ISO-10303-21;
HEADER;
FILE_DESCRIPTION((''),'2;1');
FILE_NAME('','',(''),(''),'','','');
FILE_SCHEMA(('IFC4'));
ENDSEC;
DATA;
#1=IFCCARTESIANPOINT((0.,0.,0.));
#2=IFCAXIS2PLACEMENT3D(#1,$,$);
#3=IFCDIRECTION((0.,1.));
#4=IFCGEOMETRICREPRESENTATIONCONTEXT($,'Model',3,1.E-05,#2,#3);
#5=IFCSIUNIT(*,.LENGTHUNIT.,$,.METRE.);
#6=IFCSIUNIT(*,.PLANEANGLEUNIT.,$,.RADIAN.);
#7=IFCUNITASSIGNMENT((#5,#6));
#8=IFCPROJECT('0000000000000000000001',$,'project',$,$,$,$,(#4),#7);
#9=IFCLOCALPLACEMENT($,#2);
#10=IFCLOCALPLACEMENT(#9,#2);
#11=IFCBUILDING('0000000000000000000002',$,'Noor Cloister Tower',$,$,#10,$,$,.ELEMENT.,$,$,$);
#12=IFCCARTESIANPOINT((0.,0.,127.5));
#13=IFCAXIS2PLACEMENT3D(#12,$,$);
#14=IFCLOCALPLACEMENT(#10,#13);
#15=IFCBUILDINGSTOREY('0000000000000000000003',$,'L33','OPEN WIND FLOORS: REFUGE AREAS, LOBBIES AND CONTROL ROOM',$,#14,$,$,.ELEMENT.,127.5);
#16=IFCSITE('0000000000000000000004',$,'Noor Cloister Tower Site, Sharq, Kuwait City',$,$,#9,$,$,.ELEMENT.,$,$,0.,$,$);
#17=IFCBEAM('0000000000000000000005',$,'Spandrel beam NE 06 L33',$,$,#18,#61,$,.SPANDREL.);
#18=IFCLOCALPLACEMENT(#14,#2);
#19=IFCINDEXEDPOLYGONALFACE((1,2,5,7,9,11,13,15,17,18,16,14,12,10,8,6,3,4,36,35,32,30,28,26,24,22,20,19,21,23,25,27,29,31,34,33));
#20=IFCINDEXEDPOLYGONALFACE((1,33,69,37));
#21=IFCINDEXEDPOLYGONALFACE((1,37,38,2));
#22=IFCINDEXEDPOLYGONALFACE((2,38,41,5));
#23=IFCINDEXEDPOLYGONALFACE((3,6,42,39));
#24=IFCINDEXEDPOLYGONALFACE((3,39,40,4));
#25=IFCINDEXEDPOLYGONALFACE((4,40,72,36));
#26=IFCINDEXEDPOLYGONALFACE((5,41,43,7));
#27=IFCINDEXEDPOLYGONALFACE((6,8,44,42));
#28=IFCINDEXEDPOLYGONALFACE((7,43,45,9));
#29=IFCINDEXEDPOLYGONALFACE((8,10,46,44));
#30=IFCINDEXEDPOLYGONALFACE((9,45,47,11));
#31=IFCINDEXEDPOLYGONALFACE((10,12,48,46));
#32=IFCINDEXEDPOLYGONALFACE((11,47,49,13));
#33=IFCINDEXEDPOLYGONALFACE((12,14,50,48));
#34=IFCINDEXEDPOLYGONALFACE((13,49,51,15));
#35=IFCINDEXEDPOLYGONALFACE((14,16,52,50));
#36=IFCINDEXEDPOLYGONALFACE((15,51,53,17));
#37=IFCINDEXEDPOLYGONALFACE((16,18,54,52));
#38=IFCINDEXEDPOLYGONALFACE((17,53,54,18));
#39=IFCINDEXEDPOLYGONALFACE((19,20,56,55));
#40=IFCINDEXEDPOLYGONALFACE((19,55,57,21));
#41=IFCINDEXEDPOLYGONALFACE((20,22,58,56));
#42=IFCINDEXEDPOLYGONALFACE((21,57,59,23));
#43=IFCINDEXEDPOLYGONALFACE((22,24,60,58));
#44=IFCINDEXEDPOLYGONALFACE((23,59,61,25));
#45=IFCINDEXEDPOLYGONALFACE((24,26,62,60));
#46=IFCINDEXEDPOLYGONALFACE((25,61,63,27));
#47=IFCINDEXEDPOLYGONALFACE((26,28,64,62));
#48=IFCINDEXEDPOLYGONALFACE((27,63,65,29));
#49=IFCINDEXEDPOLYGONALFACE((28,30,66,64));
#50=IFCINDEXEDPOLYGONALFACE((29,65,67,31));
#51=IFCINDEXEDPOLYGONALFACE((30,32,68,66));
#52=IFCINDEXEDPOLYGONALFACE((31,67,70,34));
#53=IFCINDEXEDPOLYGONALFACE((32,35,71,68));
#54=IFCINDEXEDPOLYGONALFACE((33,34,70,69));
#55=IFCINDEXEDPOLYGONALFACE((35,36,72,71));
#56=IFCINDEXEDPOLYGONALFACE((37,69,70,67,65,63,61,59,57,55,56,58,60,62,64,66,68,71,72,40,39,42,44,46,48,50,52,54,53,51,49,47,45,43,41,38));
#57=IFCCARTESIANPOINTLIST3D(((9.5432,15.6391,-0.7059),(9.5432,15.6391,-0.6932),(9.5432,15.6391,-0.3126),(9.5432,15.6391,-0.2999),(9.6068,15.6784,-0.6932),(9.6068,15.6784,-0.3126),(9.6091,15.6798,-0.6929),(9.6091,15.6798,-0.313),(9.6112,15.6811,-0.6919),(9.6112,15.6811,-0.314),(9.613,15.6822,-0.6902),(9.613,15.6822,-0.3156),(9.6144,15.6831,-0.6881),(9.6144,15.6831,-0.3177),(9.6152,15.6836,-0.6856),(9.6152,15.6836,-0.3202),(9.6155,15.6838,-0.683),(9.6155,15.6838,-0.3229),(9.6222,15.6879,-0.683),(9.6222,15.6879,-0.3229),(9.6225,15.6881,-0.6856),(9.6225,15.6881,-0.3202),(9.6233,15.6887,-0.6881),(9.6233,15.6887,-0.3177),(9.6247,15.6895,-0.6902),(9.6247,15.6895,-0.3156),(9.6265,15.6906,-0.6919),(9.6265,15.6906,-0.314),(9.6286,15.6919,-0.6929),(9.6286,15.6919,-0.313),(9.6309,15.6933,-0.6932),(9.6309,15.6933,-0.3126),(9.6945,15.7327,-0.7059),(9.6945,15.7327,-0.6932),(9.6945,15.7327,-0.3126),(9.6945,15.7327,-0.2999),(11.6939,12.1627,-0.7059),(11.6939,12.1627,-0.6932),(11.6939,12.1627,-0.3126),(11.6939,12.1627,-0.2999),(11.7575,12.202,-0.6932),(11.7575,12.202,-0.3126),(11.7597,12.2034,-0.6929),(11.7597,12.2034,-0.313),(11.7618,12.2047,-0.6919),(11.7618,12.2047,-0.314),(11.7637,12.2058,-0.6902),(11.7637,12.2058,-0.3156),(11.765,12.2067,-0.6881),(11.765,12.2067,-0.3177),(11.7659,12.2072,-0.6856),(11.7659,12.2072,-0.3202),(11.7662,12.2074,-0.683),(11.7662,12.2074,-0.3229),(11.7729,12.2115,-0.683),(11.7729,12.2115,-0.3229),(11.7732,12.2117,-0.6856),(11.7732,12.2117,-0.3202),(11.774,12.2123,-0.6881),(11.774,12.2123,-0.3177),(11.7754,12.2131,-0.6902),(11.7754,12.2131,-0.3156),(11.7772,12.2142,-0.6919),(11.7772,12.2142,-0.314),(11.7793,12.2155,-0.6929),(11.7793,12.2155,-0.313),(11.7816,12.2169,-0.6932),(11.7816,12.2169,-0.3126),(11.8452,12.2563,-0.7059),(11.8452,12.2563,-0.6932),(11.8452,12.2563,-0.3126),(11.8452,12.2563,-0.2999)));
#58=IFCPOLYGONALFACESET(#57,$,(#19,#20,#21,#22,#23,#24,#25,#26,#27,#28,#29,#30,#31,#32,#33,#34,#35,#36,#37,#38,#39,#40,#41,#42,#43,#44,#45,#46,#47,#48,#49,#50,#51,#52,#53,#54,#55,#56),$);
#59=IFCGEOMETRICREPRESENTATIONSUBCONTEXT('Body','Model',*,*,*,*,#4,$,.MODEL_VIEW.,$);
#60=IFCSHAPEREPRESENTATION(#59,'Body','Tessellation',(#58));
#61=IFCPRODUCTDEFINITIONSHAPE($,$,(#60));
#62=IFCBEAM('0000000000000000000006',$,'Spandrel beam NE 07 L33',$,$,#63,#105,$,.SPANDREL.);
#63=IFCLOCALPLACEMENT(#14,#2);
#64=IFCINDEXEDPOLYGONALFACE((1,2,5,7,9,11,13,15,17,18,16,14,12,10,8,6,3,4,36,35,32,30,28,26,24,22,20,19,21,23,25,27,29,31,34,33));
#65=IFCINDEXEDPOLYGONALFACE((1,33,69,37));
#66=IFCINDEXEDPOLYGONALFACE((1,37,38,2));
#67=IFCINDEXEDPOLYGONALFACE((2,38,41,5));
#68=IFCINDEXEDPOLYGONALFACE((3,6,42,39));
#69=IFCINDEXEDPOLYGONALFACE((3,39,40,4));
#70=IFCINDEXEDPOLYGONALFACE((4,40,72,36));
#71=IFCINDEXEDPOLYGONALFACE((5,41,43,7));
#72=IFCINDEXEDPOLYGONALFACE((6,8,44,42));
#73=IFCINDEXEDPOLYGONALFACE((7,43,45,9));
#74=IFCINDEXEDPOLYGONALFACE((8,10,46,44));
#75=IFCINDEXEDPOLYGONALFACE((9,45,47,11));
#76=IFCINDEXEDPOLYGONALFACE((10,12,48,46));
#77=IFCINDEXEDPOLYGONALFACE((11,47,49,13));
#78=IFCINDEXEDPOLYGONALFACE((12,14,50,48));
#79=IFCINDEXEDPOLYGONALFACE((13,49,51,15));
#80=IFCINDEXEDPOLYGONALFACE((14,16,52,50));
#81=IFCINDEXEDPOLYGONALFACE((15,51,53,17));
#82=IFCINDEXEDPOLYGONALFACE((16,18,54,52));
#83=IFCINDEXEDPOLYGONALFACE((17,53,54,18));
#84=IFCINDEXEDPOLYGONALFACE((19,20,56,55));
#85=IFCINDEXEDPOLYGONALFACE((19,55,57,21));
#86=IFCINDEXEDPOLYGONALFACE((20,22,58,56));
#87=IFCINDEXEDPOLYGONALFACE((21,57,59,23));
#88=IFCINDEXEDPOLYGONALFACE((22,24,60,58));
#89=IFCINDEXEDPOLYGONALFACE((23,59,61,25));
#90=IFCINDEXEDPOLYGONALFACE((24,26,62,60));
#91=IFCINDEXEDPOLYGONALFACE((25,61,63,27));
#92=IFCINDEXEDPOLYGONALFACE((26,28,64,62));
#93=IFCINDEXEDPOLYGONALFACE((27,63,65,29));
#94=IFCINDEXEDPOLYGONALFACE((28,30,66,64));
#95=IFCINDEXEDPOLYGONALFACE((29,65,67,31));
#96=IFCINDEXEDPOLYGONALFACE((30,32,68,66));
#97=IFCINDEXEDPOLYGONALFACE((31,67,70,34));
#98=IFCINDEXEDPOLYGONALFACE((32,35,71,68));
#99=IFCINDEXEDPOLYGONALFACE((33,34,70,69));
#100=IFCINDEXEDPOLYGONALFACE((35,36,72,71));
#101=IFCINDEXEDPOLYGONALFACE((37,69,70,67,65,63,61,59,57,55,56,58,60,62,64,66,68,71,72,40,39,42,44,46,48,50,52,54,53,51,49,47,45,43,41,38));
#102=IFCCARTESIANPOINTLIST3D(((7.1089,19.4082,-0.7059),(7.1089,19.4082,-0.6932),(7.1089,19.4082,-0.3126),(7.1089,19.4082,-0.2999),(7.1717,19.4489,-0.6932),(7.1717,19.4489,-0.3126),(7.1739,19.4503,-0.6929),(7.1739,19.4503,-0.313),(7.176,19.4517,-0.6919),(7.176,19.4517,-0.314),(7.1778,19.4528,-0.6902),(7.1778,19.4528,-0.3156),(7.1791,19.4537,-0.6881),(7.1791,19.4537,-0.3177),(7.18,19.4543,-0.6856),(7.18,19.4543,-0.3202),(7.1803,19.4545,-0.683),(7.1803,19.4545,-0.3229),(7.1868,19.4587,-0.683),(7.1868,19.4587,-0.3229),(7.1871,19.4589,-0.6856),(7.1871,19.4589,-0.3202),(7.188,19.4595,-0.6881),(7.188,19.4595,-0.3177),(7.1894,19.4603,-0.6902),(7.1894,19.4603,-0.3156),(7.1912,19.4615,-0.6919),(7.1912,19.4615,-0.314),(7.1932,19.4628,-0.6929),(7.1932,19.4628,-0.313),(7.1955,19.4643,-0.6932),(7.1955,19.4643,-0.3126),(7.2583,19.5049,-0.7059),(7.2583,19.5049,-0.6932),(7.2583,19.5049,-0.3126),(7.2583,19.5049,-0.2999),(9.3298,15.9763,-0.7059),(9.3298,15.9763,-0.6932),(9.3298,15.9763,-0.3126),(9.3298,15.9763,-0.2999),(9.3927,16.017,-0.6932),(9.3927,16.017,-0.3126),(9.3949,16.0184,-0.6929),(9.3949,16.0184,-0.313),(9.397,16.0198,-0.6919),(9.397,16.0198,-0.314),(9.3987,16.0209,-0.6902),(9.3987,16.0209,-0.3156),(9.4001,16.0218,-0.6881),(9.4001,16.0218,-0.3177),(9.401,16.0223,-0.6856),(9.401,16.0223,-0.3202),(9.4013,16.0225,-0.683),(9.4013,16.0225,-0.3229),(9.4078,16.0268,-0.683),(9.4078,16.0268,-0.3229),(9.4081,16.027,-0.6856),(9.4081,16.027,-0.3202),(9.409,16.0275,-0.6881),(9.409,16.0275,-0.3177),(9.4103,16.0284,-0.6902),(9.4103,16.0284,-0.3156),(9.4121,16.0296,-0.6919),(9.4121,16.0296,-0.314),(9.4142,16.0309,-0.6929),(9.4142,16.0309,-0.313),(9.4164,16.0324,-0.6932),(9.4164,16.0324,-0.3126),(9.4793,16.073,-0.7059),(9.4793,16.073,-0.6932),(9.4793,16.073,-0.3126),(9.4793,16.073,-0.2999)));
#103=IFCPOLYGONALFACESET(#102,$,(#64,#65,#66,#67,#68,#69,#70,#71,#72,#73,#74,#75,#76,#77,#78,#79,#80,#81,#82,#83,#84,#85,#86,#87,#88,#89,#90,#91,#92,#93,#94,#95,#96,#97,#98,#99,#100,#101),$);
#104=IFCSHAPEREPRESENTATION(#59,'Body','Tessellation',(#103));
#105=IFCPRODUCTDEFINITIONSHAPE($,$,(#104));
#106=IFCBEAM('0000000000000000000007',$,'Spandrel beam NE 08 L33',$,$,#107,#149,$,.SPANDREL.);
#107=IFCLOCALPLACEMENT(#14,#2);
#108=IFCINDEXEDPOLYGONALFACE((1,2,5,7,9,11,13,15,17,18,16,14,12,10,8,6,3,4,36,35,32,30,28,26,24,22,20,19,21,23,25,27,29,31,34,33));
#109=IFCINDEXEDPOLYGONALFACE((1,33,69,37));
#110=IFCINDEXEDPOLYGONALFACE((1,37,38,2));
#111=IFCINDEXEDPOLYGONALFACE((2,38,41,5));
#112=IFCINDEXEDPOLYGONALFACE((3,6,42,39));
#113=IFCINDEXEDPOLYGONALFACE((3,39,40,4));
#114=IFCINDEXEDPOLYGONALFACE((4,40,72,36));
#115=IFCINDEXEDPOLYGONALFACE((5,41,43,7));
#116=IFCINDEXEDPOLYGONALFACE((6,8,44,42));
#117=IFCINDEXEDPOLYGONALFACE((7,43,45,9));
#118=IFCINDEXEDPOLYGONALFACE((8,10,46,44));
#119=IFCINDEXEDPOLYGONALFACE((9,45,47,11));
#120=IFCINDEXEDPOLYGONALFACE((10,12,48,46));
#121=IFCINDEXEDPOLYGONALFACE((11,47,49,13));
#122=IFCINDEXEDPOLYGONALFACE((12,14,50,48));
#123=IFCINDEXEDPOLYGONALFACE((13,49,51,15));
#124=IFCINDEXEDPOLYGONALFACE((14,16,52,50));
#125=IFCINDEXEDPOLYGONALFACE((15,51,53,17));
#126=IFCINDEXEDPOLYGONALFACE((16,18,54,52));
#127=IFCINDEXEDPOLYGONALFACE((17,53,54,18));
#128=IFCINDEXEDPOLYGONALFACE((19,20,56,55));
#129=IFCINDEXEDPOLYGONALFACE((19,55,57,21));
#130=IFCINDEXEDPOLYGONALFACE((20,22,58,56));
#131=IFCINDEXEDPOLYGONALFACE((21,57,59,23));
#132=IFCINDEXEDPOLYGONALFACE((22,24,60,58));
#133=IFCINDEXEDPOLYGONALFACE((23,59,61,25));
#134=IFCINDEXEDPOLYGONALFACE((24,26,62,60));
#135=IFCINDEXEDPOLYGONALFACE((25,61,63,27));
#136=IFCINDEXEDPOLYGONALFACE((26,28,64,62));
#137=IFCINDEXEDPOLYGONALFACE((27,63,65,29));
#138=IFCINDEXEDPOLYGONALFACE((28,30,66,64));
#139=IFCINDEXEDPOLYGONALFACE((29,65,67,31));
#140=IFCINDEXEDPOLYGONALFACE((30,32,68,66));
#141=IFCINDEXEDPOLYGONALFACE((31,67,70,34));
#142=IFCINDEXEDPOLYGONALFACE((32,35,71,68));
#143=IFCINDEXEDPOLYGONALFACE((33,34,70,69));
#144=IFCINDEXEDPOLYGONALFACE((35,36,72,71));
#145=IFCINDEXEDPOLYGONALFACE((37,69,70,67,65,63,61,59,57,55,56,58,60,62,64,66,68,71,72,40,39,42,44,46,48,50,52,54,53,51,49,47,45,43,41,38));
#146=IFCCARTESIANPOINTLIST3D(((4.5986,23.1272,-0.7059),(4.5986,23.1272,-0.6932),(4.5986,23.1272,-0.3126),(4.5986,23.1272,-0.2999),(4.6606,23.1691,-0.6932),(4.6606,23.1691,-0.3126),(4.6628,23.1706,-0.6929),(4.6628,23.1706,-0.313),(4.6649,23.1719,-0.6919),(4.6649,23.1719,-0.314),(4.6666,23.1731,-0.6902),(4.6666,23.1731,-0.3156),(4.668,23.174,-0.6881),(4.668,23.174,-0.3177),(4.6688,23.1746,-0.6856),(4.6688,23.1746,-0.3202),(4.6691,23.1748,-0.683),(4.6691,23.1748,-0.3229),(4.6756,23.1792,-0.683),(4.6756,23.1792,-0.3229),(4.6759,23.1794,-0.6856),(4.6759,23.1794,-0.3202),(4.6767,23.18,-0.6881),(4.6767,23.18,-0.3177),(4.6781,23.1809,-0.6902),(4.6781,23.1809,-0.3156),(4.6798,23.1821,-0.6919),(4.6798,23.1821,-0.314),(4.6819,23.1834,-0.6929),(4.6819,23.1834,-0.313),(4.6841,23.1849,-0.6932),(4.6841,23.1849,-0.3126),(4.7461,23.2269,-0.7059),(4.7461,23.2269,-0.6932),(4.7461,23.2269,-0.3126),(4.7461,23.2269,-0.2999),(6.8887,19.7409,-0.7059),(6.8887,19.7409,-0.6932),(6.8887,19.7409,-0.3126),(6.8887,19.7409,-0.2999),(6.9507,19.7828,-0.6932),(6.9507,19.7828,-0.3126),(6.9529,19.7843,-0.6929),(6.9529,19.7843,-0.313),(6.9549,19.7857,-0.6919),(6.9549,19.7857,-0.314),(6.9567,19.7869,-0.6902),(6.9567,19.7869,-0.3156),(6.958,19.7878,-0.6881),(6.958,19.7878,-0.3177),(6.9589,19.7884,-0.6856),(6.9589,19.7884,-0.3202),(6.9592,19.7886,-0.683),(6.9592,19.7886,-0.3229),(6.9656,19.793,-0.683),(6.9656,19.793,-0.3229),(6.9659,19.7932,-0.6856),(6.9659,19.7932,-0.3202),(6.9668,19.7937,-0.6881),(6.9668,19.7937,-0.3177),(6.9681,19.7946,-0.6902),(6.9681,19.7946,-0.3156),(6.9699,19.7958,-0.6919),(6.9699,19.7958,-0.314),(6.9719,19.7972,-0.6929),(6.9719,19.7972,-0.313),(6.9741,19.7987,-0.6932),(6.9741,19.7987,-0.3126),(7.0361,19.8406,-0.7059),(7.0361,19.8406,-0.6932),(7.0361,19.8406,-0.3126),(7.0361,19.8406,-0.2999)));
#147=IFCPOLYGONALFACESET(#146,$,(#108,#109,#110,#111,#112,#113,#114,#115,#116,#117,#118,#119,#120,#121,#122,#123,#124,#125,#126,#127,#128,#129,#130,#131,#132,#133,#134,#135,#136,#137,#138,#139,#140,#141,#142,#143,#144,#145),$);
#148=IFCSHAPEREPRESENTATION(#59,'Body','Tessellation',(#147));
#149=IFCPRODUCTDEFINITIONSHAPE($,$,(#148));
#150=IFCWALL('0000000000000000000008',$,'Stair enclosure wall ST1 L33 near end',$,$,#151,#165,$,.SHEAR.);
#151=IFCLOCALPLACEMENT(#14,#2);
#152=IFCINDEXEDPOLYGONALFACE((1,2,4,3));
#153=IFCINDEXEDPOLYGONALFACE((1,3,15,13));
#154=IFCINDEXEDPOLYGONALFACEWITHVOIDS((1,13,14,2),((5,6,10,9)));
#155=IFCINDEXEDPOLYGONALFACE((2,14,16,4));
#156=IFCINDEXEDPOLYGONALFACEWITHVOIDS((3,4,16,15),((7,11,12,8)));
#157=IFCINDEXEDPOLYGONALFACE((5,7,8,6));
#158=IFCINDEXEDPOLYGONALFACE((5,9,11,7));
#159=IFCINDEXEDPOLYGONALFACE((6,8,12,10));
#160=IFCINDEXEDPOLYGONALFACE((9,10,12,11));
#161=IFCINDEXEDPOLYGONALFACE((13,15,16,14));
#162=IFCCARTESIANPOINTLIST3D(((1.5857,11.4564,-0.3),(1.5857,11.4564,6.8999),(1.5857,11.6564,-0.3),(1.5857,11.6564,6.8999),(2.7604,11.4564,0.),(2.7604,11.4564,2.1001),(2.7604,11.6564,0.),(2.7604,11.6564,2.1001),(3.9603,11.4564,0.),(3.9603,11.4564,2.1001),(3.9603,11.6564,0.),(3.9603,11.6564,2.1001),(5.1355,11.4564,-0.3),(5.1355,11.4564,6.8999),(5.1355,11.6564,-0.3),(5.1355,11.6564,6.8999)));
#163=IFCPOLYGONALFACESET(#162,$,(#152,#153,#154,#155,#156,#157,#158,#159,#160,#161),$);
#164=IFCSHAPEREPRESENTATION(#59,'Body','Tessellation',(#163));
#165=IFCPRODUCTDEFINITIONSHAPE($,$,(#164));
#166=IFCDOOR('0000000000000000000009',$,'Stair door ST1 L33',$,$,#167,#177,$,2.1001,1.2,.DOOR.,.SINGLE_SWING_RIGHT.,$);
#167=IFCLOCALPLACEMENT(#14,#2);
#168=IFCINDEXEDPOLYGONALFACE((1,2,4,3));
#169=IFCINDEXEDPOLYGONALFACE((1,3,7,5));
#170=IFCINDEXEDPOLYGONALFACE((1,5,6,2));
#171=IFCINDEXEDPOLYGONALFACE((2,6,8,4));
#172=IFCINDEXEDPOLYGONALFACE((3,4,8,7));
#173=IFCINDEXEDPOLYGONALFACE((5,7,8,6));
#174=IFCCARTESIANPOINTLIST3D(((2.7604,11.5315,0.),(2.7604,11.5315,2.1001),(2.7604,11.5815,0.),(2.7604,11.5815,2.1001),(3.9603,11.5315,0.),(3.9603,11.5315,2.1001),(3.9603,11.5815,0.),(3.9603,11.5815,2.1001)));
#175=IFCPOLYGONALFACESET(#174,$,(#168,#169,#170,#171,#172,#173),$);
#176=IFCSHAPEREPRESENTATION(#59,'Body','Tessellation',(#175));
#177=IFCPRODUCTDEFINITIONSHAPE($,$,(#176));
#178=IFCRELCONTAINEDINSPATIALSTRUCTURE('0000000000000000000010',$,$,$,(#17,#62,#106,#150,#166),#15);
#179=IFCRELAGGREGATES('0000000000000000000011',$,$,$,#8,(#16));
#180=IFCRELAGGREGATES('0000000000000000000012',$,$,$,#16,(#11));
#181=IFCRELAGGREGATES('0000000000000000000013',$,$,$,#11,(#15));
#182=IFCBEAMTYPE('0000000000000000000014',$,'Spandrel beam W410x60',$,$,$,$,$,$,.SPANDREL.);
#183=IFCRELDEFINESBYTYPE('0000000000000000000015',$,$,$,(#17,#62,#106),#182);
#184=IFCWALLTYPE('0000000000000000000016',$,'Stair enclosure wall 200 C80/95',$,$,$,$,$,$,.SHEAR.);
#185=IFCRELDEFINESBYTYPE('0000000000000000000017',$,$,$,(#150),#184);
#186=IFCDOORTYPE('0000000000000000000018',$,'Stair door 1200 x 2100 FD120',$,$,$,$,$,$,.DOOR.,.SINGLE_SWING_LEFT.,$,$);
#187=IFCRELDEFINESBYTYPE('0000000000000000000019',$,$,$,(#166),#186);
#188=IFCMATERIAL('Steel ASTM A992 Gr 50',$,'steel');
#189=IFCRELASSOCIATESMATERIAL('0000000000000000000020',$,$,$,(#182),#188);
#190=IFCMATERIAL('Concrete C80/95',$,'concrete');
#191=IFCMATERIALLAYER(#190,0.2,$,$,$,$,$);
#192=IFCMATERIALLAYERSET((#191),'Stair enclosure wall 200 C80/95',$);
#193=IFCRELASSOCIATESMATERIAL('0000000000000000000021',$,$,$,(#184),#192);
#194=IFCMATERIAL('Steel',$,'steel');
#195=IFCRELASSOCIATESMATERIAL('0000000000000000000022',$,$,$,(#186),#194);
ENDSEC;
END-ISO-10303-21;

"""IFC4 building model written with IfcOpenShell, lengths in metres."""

from ifc_helpers import new_model, si_unit, direction, frame, frame_2d, origin, origin_2d, place, context, subcontext, project, spatial, rectangle, i_section, extrude, material, layer, layer_set, material_profile, profile_set, type_object, element, fill, save


model = new_model("IFC4")

# Units and contexts
model_context = context("Model", 3, precision=1e-05, world=origin(), true_north=direction((0.0, 1.0)))
body_context = subcontext(model_context, "Body", "Model", "MODEL_VIEW")
ifc_project = project(units=[si_unit("LENGTHUNIT", "METRE"), si_unit("PLANEANGLEUNIT", "RADIAN")], contexts=[model_context])

# Site, building, storey
site_placement = place(None, origin())
site = spatial("IfcSite", under=ifc_project, at=site_placement, Name="Noor Cloister Tower Site, Sharq, Kuwait City", CompositionType="ELEMENT", RefElevation=0.0)
building_placement = place(site_placement, origin())
building = spatial("IfcBuilding", under=site, at=building_placement, Name="Noor Cloister Tower", CompositionType="ELEMENT")
storey_placement = place(building_placement, frame((0.0, 0.0, 127.5)))
storey = spatial("IfcBuildingStorey", under=building, at=storey_placement, Name="L33", Description="OPEN WIND FLOORS: REFUGE AREAS, LOBBIES AND CONTROL ROOM", CompositionType="ELEMENT", Elevation=127.5)

# Beams
ifc_material_1 = material(Name="Steel ASTM A992 Gr 50", Category="steel")
ifc_material_profile_1 = material_profile(ifc_material_1, i_section(OverallWidth=0.178, OverallDepth=0.406, WebThickness=0.0078, FlangeThickness=0.0127, FilletRadius=0.0103, at=origin_2d()), Name="W410x60")
ifc_profile_set_1 = profile_set([ifc_material_profile_1], Name="Steel ASTM A992 Gr 50")
beam_type_1 = type_object("IfcBeamType", Name="Spandrel beam W410x60", PredefinedType="SPANDREL", material=ifc_profile_set_1)
for number, where, z_axis, x_axis, name in (
    (1, (11.7695, 12.2095, -0.5029), (-0.526112, 0.850415, 0.0), (-0.850415, -0.526112, 0.0), "Spandrel beam NE 06 L33"),
    (2, (9.4045, 16.0247, -0.5029), (-0.543306, 0.839535, 0.0), (-0.839535, -0.543306, 0.0), "Spandrel beam NE 07 L33"),
    (3, (6.9624, 19.7908, -0.5029), (-0.560201, 0.828357, 0.0), (-0.828357, -0.560201, 0.0), "Spandrel beam NE 08 L33"),
):
    element("IfcBeam", number, at=place(storey_placement, frame(where, z_axis=z_axis, x_axis=x_axis)), inside=storey, type_object=beam_type_1, Name=name, PredefinedType="SPANDREL", context=body_context, shape_type="SweptSolid", body=[
        extrude(i_section(OverallWidth=0.178, OverallDepth=0.406, WebThickness=0.0078, FlangeThickness=0.0127, FilletRadius=0.0103, at=origin_2d()), origin(), (0.0, 0.0, 1.0), 4.0879),
    ])

# Wall, opening, door
ifc_material_2 = material(Name="Concrete C80/95", Category="concrete")
ifc_layer_1 = layer(ifc_material_2, 0.2)
ifc_layer_set_1 = layer_set([ifc_layer_1], Name="Stair enclosure wall 200 C80/95")
wall_type_1 = type_object("IfcWallType", Name="Stair enclosure wall 200 C80/95", PredefinedType="SHEAR", material=ifc_layer_set_1)
wall_1_placement = place(storey_placement, frame((5.1355, 11.5564, -0.3), z_axis=(0.0, 0.0, 1.0), x_axis=(-1.0, 0.0, 0.0)))
wall_1 = element("IfcWall", 4, at=wall_1_placement, inside=storey, type_object=wall_type_1, Name="Stair enclosure wall ST1 L33 near end", PredefinedType="SHEAR", context=body_context, shape_type="SweptSolid", body=[
    extrude(rectangle(XDim=3.5498, YDim=0.2, at=frame_2d((1.7749, 0.0))), origin(), (0.0, 0.0, 1.0), 7.2),
])
opening_1_placement = place(wall_1_placement, frame((1.175, 0.0, 0.3)))
opening_1 = element("IfcOpeningElement", 5, at=opening_1_placement, cuts=wall_1, PredefinedType="OPENING", context=body_context, shape_type="SweptSolid", body=[
    extrude(rectangle(XDim=1.2, YDim=2.1001, at=frame_2d((0.6001, 1.05))), frame((0.0, 0.1099, 0.0), z_axis=(0.0, -1.0, 0.0), x_axis=(1.0, 0.0, 0.0)), (0.0, 0.0, 1.0), 0.22),
])
ifc_material_3 = material(Name="Steel", Category="steel")
door_type_1 = type_object("IfcDoorType", Name="Stair door 1200 x 2100 FD120", OperationType="SINGLE_SWING_LEFT", PredefinedType="DOOR", material=ifc_material_3)
door_1_placement = place(opening_1_placement, origin())
door_1 = element("IfcDoor", 6, at=door_1_placement, inside=storey, type_object=door_type_1, Name="Stair door ST1 L33", OperationType="SINGLE_SWING_RIGHT", OverallHeight=2.1001, OverallWidth=1.2, PredefinedType="DOOR", context=body_context, shape_type="SweptSolid", body=[
    extrude(rectangle(XDim=1.2, YDim=2.1001, at=frame_2d((0.6001, 1.05))), frame((0.0, 0.0249, 0.0), z_axis=(0.0, -1.0, 0.0), x_axis=(1.0, 0.0, 0.0)), (0.0, 0.0, 1.0), 0.05),
])
fill(opening_1, door_1)

save(model, "model.ifc")
